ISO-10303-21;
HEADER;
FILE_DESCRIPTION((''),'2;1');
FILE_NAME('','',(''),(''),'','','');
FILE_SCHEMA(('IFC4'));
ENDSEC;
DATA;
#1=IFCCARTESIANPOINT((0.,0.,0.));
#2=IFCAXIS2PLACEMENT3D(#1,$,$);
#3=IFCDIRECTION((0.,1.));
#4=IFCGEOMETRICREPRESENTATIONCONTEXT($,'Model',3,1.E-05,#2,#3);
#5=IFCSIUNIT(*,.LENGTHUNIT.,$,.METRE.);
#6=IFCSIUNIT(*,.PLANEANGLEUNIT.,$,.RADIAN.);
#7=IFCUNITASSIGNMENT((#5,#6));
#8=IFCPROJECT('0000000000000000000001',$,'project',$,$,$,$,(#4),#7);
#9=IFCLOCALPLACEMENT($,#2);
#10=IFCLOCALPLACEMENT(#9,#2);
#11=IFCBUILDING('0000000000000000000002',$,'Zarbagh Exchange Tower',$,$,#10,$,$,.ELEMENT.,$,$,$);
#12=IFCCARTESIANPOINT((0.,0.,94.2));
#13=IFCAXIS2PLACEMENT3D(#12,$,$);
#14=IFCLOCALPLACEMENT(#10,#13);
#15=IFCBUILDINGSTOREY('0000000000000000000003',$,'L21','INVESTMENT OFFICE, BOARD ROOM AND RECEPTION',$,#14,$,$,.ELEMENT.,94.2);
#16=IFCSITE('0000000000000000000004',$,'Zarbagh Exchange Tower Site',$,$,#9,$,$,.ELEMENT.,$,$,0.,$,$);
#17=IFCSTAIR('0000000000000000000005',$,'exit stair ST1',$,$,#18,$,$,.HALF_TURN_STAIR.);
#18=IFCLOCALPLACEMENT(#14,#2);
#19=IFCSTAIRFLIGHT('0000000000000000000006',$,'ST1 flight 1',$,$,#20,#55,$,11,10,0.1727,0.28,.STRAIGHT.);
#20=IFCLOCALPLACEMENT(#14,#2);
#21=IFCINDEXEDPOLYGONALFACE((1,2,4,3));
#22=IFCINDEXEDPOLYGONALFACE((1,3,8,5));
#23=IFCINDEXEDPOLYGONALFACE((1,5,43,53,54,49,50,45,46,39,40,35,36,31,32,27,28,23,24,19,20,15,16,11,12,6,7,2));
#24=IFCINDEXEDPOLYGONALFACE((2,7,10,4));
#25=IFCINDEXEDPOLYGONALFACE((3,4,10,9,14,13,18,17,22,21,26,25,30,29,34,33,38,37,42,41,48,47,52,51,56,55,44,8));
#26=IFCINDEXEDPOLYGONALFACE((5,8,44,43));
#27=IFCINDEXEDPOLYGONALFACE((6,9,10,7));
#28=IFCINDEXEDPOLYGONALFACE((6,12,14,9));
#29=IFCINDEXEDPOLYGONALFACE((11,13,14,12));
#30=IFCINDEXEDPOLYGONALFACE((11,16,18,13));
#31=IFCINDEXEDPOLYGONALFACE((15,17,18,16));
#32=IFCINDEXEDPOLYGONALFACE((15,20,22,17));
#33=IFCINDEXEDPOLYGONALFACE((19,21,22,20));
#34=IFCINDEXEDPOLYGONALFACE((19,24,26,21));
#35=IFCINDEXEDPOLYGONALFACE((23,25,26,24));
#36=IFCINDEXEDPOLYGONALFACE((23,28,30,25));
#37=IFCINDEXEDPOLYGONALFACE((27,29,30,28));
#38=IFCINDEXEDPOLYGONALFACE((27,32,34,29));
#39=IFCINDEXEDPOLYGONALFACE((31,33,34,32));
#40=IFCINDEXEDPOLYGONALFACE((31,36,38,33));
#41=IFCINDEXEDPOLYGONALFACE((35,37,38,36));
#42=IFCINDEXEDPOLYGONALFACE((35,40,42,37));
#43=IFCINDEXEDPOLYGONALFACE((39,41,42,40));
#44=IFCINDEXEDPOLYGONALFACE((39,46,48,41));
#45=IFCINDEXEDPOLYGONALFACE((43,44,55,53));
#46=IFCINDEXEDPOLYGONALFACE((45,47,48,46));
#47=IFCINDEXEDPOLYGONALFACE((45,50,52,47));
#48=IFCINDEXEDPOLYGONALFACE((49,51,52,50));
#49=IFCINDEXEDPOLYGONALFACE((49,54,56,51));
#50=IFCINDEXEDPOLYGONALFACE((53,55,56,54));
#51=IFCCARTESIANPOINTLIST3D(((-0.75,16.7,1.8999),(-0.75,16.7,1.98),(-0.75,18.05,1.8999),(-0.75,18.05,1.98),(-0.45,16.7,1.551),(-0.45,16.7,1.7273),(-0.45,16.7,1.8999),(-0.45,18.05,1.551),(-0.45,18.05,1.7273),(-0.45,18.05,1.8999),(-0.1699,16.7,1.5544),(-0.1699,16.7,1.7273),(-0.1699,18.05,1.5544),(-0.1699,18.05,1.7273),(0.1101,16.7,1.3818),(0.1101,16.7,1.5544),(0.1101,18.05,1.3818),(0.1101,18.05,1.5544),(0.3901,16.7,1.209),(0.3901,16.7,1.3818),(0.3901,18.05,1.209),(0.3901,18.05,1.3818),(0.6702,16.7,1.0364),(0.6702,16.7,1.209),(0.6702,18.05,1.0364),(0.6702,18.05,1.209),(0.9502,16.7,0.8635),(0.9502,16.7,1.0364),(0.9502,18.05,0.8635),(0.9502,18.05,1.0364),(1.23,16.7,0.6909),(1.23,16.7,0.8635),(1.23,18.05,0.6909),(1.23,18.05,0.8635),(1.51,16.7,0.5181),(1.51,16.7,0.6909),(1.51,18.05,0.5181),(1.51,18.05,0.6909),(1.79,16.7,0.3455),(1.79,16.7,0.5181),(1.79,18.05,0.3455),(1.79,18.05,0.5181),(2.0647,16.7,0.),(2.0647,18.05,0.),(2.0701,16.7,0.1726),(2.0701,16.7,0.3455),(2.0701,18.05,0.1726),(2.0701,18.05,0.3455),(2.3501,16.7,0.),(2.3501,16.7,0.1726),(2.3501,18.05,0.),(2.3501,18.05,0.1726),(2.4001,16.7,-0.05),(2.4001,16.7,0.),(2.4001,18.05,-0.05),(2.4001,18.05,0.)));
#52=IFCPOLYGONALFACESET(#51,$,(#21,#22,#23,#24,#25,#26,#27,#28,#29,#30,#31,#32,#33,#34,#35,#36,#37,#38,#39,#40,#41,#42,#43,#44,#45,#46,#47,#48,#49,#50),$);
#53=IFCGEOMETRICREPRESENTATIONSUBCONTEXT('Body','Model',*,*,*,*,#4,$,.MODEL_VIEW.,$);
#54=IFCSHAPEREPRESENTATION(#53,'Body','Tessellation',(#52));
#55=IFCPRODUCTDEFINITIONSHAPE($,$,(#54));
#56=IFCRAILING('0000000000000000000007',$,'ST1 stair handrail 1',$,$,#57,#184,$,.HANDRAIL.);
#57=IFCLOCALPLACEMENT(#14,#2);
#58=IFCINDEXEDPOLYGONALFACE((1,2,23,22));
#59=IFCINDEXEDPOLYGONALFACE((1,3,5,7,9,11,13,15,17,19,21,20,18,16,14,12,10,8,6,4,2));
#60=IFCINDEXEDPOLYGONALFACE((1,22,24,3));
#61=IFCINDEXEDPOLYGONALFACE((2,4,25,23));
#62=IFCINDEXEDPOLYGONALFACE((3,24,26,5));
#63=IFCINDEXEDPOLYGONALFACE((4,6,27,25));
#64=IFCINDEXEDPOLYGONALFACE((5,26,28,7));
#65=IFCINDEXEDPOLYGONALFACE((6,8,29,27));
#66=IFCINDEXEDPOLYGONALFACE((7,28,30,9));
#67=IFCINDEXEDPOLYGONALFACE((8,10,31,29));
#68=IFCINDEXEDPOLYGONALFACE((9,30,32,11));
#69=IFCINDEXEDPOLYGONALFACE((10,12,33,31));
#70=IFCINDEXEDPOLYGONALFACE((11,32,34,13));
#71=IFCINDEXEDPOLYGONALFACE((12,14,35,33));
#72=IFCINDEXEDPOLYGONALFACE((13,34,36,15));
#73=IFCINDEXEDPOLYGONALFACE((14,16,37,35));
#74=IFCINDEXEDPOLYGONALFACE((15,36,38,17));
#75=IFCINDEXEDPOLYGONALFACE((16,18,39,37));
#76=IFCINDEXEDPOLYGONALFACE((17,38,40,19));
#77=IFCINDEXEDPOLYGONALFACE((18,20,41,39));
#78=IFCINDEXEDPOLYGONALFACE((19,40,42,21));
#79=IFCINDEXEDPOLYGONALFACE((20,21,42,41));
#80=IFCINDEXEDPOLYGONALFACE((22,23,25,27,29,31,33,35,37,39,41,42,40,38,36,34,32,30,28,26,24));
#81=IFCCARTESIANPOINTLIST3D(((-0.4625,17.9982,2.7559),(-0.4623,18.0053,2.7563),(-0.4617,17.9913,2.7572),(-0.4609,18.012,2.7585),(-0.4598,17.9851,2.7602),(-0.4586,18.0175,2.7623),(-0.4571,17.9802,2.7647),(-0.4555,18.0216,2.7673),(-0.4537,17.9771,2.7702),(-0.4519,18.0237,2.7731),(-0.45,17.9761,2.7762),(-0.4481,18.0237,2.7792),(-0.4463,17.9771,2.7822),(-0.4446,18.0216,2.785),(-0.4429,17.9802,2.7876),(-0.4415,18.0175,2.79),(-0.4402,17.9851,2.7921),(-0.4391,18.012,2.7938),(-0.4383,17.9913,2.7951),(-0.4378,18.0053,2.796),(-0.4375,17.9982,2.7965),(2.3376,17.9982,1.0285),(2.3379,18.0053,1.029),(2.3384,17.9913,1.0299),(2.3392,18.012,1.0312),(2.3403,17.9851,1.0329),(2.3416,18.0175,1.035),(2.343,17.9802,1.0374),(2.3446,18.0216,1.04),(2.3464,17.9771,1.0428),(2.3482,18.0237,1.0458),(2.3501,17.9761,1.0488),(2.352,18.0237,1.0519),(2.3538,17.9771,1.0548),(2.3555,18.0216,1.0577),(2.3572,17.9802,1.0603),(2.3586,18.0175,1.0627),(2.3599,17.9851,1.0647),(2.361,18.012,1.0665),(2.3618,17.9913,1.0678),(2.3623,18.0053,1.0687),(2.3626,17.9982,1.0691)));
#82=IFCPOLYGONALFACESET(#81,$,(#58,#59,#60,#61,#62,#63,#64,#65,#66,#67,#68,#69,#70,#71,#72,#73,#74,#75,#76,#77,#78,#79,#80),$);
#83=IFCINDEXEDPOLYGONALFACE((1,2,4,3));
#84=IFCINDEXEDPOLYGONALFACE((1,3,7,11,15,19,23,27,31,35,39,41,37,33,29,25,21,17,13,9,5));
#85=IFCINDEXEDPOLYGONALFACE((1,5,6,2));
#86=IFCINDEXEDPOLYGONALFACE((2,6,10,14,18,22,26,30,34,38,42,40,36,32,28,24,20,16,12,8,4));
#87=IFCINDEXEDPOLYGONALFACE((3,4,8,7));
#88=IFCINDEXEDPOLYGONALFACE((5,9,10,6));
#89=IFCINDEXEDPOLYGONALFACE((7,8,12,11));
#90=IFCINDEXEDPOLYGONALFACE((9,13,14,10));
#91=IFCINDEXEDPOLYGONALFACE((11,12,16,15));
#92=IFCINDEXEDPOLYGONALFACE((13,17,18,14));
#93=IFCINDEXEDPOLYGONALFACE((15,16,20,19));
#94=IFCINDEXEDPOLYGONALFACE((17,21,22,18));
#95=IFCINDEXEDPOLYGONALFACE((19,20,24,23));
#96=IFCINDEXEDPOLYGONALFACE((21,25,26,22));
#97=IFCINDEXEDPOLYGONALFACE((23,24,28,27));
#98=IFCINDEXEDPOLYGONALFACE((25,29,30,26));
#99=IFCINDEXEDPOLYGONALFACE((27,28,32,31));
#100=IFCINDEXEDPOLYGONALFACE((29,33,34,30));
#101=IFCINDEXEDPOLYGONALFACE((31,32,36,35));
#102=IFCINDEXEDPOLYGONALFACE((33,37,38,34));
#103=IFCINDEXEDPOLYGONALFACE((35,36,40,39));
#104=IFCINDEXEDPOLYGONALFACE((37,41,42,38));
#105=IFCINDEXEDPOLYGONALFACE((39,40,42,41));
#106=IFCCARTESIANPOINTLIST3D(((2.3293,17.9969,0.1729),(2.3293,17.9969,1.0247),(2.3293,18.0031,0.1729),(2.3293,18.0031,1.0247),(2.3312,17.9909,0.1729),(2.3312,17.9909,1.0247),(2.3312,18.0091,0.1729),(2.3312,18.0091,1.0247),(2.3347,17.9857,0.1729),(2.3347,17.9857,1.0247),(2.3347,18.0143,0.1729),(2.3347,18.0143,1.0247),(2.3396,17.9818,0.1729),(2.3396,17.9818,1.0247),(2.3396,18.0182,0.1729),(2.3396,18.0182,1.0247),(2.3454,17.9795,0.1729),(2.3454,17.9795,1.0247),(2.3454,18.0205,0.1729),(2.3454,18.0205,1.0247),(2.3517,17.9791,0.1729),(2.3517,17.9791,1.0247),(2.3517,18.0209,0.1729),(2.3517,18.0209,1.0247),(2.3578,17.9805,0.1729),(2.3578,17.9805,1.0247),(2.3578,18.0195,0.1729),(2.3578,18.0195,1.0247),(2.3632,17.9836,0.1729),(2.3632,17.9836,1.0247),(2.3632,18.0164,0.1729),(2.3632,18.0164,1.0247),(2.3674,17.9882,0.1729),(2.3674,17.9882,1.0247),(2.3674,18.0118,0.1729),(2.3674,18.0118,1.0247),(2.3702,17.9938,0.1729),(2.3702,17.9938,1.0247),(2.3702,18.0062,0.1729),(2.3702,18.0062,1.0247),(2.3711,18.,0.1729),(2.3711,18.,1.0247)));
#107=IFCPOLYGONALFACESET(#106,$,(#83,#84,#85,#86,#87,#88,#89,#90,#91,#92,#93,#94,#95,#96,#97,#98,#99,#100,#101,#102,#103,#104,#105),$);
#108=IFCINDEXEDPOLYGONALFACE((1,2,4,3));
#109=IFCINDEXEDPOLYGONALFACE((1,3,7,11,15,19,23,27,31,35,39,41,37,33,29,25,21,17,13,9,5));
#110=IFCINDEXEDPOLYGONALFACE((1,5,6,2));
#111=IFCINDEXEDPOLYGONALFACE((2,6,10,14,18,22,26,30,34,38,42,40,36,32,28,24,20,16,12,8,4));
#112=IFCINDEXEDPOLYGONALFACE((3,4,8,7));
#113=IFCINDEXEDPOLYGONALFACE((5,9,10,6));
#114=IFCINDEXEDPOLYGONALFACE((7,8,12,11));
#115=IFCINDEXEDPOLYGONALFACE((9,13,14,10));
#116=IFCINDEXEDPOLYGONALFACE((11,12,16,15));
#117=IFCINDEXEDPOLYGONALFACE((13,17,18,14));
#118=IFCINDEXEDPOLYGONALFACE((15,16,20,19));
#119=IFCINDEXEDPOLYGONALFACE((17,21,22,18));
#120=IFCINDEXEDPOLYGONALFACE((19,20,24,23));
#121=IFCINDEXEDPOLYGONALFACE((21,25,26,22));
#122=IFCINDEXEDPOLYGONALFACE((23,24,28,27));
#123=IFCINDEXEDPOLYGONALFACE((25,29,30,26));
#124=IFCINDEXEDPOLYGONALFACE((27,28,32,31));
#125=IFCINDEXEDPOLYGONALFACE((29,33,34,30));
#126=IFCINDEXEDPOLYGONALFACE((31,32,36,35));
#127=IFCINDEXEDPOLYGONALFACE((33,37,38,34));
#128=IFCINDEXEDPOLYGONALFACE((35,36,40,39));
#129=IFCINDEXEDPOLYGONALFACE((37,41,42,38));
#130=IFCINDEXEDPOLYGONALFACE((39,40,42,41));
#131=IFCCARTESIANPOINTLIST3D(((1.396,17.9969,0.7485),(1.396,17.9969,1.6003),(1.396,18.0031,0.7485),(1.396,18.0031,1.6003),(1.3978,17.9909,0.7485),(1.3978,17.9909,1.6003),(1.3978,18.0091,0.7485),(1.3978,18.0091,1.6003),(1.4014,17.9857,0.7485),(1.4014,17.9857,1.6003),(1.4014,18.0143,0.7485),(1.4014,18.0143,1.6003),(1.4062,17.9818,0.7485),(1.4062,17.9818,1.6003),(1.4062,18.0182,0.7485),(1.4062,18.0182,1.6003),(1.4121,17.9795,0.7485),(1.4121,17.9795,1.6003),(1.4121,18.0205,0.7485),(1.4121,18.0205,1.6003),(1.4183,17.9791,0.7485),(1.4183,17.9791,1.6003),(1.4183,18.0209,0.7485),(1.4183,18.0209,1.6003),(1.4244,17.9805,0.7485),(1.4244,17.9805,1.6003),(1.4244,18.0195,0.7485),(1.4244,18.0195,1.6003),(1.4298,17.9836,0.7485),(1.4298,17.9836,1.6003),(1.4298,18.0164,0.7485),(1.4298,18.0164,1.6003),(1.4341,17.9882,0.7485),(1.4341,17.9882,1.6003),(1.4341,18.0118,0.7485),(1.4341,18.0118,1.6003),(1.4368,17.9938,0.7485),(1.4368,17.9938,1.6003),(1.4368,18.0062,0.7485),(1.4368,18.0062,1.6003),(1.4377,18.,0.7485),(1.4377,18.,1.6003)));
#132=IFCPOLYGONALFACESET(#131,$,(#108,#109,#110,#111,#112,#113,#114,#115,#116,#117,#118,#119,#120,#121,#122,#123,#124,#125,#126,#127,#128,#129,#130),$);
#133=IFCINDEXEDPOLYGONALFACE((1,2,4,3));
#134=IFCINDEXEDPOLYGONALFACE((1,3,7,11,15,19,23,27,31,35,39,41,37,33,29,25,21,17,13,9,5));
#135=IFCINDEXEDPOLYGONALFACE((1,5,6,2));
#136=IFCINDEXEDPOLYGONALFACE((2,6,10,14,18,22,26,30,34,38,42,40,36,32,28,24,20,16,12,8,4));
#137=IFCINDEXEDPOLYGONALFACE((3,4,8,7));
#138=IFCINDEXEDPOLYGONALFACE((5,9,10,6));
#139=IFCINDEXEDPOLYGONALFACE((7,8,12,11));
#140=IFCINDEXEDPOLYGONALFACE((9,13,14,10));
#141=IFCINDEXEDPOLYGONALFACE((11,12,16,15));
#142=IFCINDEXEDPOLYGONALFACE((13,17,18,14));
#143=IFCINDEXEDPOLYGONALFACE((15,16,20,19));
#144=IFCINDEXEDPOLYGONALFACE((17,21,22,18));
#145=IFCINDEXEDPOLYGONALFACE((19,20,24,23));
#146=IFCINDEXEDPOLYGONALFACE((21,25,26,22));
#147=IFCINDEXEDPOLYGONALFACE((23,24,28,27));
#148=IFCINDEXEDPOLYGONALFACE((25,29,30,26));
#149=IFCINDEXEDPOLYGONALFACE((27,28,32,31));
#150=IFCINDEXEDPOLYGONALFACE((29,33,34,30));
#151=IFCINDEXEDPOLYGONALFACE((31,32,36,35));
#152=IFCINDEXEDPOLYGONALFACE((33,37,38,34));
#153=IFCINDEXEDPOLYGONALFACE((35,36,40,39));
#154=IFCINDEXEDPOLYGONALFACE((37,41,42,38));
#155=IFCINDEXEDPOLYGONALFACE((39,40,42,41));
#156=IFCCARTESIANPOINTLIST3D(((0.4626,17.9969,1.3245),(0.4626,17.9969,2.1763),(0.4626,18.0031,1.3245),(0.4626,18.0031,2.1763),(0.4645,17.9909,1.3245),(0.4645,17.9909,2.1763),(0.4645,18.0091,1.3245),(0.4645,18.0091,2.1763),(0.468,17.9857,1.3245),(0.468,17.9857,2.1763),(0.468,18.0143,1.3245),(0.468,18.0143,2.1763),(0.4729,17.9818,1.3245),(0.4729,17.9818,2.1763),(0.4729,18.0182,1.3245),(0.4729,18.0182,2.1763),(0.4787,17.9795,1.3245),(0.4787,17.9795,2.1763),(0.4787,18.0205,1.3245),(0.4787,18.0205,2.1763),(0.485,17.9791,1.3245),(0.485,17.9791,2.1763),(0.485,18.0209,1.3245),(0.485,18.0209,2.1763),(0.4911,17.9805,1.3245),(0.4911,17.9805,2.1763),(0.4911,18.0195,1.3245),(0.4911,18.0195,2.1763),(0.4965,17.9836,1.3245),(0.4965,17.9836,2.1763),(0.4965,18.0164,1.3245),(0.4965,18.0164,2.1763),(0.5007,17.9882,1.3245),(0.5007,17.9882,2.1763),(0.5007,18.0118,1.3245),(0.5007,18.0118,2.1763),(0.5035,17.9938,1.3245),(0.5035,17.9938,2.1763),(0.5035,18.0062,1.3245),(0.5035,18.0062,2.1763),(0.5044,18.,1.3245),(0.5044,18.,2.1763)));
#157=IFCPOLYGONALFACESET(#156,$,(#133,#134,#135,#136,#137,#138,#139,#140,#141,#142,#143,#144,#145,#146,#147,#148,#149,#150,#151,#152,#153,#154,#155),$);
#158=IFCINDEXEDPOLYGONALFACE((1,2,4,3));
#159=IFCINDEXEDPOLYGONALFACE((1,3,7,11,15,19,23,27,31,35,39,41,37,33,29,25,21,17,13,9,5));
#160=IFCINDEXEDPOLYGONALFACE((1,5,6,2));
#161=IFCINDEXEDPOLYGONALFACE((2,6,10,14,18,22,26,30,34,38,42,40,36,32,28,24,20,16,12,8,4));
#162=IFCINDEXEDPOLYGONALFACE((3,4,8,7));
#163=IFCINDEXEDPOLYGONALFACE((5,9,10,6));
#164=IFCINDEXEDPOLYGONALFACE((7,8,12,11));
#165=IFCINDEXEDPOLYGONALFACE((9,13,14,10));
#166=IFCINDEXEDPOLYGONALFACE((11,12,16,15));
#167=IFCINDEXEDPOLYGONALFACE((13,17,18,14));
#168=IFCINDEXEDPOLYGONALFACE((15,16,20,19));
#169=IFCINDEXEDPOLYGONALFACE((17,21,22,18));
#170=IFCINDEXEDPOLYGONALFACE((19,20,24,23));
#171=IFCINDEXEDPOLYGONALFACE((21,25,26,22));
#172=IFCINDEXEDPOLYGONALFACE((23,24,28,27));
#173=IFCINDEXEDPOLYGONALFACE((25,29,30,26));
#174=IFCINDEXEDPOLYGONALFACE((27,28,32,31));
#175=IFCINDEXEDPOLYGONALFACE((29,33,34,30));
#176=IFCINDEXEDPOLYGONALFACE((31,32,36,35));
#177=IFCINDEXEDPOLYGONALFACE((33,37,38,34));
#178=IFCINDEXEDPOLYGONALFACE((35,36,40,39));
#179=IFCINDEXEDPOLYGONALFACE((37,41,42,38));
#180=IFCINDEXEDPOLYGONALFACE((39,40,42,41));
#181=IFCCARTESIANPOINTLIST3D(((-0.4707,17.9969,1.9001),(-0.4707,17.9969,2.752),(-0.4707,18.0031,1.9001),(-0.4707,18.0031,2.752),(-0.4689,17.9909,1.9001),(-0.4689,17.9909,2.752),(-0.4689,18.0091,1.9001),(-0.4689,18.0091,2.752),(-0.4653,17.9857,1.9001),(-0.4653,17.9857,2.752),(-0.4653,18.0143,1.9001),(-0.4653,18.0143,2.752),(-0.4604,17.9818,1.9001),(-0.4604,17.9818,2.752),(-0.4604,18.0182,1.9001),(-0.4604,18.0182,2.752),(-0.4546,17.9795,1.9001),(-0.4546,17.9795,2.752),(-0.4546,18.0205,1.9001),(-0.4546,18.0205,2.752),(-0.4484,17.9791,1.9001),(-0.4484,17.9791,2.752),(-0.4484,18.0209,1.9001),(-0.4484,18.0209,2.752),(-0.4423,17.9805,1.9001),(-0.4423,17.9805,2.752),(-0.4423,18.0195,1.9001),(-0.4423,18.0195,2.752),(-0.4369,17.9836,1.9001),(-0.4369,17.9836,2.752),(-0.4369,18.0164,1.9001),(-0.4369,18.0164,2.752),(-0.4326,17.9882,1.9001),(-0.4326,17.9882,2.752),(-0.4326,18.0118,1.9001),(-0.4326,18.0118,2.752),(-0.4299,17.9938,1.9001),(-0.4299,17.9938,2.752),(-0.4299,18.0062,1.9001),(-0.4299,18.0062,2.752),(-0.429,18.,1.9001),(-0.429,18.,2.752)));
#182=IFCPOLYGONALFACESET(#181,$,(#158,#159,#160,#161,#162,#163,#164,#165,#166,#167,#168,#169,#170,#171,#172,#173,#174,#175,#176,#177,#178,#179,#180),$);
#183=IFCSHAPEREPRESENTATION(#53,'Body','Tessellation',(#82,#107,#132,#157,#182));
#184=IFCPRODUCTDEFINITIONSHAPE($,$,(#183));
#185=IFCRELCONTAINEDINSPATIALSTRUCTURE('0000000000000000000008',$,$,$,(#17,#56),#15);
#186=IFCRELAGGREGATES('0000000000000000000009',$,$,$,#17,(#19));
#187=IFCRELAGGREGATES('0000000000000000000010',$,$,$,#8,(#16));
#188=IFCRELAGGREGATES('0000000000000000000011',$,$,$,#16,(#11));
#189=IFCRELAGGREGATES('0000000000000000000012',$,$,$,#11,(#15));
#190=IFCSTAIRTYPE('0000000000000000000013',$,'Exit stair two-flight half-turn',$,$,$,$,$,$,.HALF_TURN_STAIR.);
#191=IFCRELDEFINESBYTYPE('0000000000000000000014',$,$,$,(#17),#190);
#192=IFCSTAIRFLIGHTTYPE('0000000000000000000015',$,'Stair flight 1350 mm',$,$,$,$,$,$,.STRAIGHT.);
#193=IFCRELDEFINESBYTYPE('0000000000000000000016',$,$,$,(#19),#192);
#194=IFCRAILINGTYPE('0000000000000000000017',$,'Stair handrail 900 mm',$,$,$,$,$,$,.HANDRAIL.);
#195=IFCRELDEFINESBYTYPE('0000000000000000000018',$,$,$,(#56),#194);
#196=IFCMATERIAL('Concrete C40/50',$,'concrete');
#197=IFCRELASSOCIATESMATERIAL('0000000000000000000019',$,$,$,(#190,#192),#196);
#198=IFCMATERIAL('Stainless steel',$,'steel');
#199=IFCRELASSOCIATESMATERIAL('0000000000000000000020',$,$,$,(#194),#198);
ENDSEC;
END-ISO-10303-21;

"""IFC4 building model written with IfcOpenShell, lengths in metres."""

from ifc_helpers import new_model, si_unit, direction, frame, origin, origin_2d, place, context, subcontext, project, spatial, polyline, circle, outline, extrude, material, type_object, element, aggregate, save


model = new_model("IFC4")

# Units and contexts
model_context = context("Model", 3, precision=1e-05, world=origin(), true_north=direction((0.0, 1.0)))
body_context = subcontext(model_context, "Body", "Model", "MODEL_VIEW")
ifc_project = project(units=[si_unit("LENGTHUNIT", "METRE"), si_unit("PLANEANGLEUNIT", "RADIAN")], contexts=[model_context])

# Site, building, storey
site_placement = place(None, origin())
site = spatial("IfcSite", under=ifc_project, at=site_placement, Name="Zarbagh Exchange Tower Site", CompositionType="ELEMENT", RefElevation=0.0)
building_placement = place(site_placement, origin())
building = spatial("IfcBuilding", under=site, at=building_placement, Name="Zarbagh Exchange Tower", CompositionType="ELEMENT")
storey_placement = place(building_placement, frame((0.0, 0.0, 94.2)))
storey = spatial("IfcBuildingStorey", under=building, at=storey_placement, Name="L21", Description="INVESTMENT OFFICE, BOARD ROOM AND RECEPTION", CompositionType="ELEMENT", Elevation=94.2)

# Stair, stair flight
ifc_material_1 = material(Name="Concrete C40/50", Category="concrete")
stair_type = type_object("IfcStairType", Name="Exit stair two-flight half-turn", PredefinedType="HALF_TURN_STAIR", material=ifc_material_1)
stair_placement = place(storey_placement, origin())
stair = element("IfcStair", 1, at=stair_placement, inside=storey, type_object=stair_type, Name="exit stair ST1", PredefinedType="HALF_TURN_STAIR")
stair_flight_type = type_object("IfcStairFlightType", Name="Stair flight 1350 mm", PredefinedType="STRAIGHT", material=ifc_material_1)
stair_flight_placement = place(storey_placement, frame((2.3501, 17.375, 0.0), z_axis=(0.0, 0.0, 1.0), x_axis=(-1.0, 0.0, 0.0)))
stair_flight = element("IfcStairFlight", 2, at=stair_flight_placement, type_object=stair_flight_type, Name="ST1 flight 1", NumberOfRisers=11, NumberOfTreads=10, PredefinedType="STRAIGHT", RiserHeight=0.1727, TreadLength=0.28, context=body_context, shape_type="SweptSolid", body=[
    extrude(outline(polyline([(-0.05, -0.05), (-0.05, 0.0), (0.0, 0.0), (0.0, 0.1726), (0.28, 0.1726), (0.28, 0.3455), (0.5601, 0.3455), (0.5601, 0.5181), (0.8401, 0.5181), (0.8401, 0.6909), (1.1201, 0.6909), (1.1201, 0.8635), (1.3999, 0.8635), (1.3999, 1.0364), (1.6799, 1.0364), (1.6799, 1.209), (1.96, 1.209), (1.96, 1.3818), (2.24, 1.3818), (2.24, 1.5544), (2.52, 1.5544), (2.52, 1.7273), (2.8, 1.7273), (2.8, 1.8999), (3.1001, 1.98), (3.1001, 1.8999), (2.8, 1.551), (0.2854, 0.0), (-0.05, -0.05)])), frame((0.0, 0.675, 0.0), z_axis=(0.0, -1.0, 0.0), x_axis=(1.0, 0.0, 0.0)), (0.0, 0.0, 1.0), 1.3501),
])
aggregate(stair, [stair_flight])

# Railing
ifc_material_2 = material(Name="Stainless steel", Category="steel")
railing_type_1 = type_object("IfcRailingType", Name="Stair handrail 900 mm", PredefinedType="HANDRAIL", material=ifc_material_2)
railing_1_placement = place(storey_placement, frame((2.3501, 18.0, 0.1729)))
element("IfcRailing", 3, at=railing_1_placement, inside=storey, type_object=railing_type_1, Name="ST1 stair handrail 1", PredefinedType="HANDRAIL", context=body_context, shape_type="SweptSolid", body=[
    extrude(circle(Radius=0.0239, at=origin_2d()), frame((0.0, 0.0, 0.876), z_axis=(-0.85109, 0.0, 0.52502), x_axis=(0.0, -1.0, 0.0)), (0.0, 0.0, 1.0), 3.29),
    extrude(circle(Radius=0.021, at=origin_2d()), origin(), (0.0, 0.0, 1.0), 0.8518),
    extrude(circle(Radius=0.021, at=origin_2d()), frame((-0.9333, 0.0, 0.5757)), (0.0, 0.0, 1.0), 0.8518),
    extrude(circle(Radius=0.021, at=origin_2d()), frame((-1.8667, 0.0, 1.1516)), (0.0, 0.0, 1.0), 0.8518),
    extrude(circle(Radius=0.021, at=origin_2d()), frame((-2.8, 0.0, 1.7273)), (0.0, 0.0, 1.0), 0.8518),
])

save(model, "model.ifc")
